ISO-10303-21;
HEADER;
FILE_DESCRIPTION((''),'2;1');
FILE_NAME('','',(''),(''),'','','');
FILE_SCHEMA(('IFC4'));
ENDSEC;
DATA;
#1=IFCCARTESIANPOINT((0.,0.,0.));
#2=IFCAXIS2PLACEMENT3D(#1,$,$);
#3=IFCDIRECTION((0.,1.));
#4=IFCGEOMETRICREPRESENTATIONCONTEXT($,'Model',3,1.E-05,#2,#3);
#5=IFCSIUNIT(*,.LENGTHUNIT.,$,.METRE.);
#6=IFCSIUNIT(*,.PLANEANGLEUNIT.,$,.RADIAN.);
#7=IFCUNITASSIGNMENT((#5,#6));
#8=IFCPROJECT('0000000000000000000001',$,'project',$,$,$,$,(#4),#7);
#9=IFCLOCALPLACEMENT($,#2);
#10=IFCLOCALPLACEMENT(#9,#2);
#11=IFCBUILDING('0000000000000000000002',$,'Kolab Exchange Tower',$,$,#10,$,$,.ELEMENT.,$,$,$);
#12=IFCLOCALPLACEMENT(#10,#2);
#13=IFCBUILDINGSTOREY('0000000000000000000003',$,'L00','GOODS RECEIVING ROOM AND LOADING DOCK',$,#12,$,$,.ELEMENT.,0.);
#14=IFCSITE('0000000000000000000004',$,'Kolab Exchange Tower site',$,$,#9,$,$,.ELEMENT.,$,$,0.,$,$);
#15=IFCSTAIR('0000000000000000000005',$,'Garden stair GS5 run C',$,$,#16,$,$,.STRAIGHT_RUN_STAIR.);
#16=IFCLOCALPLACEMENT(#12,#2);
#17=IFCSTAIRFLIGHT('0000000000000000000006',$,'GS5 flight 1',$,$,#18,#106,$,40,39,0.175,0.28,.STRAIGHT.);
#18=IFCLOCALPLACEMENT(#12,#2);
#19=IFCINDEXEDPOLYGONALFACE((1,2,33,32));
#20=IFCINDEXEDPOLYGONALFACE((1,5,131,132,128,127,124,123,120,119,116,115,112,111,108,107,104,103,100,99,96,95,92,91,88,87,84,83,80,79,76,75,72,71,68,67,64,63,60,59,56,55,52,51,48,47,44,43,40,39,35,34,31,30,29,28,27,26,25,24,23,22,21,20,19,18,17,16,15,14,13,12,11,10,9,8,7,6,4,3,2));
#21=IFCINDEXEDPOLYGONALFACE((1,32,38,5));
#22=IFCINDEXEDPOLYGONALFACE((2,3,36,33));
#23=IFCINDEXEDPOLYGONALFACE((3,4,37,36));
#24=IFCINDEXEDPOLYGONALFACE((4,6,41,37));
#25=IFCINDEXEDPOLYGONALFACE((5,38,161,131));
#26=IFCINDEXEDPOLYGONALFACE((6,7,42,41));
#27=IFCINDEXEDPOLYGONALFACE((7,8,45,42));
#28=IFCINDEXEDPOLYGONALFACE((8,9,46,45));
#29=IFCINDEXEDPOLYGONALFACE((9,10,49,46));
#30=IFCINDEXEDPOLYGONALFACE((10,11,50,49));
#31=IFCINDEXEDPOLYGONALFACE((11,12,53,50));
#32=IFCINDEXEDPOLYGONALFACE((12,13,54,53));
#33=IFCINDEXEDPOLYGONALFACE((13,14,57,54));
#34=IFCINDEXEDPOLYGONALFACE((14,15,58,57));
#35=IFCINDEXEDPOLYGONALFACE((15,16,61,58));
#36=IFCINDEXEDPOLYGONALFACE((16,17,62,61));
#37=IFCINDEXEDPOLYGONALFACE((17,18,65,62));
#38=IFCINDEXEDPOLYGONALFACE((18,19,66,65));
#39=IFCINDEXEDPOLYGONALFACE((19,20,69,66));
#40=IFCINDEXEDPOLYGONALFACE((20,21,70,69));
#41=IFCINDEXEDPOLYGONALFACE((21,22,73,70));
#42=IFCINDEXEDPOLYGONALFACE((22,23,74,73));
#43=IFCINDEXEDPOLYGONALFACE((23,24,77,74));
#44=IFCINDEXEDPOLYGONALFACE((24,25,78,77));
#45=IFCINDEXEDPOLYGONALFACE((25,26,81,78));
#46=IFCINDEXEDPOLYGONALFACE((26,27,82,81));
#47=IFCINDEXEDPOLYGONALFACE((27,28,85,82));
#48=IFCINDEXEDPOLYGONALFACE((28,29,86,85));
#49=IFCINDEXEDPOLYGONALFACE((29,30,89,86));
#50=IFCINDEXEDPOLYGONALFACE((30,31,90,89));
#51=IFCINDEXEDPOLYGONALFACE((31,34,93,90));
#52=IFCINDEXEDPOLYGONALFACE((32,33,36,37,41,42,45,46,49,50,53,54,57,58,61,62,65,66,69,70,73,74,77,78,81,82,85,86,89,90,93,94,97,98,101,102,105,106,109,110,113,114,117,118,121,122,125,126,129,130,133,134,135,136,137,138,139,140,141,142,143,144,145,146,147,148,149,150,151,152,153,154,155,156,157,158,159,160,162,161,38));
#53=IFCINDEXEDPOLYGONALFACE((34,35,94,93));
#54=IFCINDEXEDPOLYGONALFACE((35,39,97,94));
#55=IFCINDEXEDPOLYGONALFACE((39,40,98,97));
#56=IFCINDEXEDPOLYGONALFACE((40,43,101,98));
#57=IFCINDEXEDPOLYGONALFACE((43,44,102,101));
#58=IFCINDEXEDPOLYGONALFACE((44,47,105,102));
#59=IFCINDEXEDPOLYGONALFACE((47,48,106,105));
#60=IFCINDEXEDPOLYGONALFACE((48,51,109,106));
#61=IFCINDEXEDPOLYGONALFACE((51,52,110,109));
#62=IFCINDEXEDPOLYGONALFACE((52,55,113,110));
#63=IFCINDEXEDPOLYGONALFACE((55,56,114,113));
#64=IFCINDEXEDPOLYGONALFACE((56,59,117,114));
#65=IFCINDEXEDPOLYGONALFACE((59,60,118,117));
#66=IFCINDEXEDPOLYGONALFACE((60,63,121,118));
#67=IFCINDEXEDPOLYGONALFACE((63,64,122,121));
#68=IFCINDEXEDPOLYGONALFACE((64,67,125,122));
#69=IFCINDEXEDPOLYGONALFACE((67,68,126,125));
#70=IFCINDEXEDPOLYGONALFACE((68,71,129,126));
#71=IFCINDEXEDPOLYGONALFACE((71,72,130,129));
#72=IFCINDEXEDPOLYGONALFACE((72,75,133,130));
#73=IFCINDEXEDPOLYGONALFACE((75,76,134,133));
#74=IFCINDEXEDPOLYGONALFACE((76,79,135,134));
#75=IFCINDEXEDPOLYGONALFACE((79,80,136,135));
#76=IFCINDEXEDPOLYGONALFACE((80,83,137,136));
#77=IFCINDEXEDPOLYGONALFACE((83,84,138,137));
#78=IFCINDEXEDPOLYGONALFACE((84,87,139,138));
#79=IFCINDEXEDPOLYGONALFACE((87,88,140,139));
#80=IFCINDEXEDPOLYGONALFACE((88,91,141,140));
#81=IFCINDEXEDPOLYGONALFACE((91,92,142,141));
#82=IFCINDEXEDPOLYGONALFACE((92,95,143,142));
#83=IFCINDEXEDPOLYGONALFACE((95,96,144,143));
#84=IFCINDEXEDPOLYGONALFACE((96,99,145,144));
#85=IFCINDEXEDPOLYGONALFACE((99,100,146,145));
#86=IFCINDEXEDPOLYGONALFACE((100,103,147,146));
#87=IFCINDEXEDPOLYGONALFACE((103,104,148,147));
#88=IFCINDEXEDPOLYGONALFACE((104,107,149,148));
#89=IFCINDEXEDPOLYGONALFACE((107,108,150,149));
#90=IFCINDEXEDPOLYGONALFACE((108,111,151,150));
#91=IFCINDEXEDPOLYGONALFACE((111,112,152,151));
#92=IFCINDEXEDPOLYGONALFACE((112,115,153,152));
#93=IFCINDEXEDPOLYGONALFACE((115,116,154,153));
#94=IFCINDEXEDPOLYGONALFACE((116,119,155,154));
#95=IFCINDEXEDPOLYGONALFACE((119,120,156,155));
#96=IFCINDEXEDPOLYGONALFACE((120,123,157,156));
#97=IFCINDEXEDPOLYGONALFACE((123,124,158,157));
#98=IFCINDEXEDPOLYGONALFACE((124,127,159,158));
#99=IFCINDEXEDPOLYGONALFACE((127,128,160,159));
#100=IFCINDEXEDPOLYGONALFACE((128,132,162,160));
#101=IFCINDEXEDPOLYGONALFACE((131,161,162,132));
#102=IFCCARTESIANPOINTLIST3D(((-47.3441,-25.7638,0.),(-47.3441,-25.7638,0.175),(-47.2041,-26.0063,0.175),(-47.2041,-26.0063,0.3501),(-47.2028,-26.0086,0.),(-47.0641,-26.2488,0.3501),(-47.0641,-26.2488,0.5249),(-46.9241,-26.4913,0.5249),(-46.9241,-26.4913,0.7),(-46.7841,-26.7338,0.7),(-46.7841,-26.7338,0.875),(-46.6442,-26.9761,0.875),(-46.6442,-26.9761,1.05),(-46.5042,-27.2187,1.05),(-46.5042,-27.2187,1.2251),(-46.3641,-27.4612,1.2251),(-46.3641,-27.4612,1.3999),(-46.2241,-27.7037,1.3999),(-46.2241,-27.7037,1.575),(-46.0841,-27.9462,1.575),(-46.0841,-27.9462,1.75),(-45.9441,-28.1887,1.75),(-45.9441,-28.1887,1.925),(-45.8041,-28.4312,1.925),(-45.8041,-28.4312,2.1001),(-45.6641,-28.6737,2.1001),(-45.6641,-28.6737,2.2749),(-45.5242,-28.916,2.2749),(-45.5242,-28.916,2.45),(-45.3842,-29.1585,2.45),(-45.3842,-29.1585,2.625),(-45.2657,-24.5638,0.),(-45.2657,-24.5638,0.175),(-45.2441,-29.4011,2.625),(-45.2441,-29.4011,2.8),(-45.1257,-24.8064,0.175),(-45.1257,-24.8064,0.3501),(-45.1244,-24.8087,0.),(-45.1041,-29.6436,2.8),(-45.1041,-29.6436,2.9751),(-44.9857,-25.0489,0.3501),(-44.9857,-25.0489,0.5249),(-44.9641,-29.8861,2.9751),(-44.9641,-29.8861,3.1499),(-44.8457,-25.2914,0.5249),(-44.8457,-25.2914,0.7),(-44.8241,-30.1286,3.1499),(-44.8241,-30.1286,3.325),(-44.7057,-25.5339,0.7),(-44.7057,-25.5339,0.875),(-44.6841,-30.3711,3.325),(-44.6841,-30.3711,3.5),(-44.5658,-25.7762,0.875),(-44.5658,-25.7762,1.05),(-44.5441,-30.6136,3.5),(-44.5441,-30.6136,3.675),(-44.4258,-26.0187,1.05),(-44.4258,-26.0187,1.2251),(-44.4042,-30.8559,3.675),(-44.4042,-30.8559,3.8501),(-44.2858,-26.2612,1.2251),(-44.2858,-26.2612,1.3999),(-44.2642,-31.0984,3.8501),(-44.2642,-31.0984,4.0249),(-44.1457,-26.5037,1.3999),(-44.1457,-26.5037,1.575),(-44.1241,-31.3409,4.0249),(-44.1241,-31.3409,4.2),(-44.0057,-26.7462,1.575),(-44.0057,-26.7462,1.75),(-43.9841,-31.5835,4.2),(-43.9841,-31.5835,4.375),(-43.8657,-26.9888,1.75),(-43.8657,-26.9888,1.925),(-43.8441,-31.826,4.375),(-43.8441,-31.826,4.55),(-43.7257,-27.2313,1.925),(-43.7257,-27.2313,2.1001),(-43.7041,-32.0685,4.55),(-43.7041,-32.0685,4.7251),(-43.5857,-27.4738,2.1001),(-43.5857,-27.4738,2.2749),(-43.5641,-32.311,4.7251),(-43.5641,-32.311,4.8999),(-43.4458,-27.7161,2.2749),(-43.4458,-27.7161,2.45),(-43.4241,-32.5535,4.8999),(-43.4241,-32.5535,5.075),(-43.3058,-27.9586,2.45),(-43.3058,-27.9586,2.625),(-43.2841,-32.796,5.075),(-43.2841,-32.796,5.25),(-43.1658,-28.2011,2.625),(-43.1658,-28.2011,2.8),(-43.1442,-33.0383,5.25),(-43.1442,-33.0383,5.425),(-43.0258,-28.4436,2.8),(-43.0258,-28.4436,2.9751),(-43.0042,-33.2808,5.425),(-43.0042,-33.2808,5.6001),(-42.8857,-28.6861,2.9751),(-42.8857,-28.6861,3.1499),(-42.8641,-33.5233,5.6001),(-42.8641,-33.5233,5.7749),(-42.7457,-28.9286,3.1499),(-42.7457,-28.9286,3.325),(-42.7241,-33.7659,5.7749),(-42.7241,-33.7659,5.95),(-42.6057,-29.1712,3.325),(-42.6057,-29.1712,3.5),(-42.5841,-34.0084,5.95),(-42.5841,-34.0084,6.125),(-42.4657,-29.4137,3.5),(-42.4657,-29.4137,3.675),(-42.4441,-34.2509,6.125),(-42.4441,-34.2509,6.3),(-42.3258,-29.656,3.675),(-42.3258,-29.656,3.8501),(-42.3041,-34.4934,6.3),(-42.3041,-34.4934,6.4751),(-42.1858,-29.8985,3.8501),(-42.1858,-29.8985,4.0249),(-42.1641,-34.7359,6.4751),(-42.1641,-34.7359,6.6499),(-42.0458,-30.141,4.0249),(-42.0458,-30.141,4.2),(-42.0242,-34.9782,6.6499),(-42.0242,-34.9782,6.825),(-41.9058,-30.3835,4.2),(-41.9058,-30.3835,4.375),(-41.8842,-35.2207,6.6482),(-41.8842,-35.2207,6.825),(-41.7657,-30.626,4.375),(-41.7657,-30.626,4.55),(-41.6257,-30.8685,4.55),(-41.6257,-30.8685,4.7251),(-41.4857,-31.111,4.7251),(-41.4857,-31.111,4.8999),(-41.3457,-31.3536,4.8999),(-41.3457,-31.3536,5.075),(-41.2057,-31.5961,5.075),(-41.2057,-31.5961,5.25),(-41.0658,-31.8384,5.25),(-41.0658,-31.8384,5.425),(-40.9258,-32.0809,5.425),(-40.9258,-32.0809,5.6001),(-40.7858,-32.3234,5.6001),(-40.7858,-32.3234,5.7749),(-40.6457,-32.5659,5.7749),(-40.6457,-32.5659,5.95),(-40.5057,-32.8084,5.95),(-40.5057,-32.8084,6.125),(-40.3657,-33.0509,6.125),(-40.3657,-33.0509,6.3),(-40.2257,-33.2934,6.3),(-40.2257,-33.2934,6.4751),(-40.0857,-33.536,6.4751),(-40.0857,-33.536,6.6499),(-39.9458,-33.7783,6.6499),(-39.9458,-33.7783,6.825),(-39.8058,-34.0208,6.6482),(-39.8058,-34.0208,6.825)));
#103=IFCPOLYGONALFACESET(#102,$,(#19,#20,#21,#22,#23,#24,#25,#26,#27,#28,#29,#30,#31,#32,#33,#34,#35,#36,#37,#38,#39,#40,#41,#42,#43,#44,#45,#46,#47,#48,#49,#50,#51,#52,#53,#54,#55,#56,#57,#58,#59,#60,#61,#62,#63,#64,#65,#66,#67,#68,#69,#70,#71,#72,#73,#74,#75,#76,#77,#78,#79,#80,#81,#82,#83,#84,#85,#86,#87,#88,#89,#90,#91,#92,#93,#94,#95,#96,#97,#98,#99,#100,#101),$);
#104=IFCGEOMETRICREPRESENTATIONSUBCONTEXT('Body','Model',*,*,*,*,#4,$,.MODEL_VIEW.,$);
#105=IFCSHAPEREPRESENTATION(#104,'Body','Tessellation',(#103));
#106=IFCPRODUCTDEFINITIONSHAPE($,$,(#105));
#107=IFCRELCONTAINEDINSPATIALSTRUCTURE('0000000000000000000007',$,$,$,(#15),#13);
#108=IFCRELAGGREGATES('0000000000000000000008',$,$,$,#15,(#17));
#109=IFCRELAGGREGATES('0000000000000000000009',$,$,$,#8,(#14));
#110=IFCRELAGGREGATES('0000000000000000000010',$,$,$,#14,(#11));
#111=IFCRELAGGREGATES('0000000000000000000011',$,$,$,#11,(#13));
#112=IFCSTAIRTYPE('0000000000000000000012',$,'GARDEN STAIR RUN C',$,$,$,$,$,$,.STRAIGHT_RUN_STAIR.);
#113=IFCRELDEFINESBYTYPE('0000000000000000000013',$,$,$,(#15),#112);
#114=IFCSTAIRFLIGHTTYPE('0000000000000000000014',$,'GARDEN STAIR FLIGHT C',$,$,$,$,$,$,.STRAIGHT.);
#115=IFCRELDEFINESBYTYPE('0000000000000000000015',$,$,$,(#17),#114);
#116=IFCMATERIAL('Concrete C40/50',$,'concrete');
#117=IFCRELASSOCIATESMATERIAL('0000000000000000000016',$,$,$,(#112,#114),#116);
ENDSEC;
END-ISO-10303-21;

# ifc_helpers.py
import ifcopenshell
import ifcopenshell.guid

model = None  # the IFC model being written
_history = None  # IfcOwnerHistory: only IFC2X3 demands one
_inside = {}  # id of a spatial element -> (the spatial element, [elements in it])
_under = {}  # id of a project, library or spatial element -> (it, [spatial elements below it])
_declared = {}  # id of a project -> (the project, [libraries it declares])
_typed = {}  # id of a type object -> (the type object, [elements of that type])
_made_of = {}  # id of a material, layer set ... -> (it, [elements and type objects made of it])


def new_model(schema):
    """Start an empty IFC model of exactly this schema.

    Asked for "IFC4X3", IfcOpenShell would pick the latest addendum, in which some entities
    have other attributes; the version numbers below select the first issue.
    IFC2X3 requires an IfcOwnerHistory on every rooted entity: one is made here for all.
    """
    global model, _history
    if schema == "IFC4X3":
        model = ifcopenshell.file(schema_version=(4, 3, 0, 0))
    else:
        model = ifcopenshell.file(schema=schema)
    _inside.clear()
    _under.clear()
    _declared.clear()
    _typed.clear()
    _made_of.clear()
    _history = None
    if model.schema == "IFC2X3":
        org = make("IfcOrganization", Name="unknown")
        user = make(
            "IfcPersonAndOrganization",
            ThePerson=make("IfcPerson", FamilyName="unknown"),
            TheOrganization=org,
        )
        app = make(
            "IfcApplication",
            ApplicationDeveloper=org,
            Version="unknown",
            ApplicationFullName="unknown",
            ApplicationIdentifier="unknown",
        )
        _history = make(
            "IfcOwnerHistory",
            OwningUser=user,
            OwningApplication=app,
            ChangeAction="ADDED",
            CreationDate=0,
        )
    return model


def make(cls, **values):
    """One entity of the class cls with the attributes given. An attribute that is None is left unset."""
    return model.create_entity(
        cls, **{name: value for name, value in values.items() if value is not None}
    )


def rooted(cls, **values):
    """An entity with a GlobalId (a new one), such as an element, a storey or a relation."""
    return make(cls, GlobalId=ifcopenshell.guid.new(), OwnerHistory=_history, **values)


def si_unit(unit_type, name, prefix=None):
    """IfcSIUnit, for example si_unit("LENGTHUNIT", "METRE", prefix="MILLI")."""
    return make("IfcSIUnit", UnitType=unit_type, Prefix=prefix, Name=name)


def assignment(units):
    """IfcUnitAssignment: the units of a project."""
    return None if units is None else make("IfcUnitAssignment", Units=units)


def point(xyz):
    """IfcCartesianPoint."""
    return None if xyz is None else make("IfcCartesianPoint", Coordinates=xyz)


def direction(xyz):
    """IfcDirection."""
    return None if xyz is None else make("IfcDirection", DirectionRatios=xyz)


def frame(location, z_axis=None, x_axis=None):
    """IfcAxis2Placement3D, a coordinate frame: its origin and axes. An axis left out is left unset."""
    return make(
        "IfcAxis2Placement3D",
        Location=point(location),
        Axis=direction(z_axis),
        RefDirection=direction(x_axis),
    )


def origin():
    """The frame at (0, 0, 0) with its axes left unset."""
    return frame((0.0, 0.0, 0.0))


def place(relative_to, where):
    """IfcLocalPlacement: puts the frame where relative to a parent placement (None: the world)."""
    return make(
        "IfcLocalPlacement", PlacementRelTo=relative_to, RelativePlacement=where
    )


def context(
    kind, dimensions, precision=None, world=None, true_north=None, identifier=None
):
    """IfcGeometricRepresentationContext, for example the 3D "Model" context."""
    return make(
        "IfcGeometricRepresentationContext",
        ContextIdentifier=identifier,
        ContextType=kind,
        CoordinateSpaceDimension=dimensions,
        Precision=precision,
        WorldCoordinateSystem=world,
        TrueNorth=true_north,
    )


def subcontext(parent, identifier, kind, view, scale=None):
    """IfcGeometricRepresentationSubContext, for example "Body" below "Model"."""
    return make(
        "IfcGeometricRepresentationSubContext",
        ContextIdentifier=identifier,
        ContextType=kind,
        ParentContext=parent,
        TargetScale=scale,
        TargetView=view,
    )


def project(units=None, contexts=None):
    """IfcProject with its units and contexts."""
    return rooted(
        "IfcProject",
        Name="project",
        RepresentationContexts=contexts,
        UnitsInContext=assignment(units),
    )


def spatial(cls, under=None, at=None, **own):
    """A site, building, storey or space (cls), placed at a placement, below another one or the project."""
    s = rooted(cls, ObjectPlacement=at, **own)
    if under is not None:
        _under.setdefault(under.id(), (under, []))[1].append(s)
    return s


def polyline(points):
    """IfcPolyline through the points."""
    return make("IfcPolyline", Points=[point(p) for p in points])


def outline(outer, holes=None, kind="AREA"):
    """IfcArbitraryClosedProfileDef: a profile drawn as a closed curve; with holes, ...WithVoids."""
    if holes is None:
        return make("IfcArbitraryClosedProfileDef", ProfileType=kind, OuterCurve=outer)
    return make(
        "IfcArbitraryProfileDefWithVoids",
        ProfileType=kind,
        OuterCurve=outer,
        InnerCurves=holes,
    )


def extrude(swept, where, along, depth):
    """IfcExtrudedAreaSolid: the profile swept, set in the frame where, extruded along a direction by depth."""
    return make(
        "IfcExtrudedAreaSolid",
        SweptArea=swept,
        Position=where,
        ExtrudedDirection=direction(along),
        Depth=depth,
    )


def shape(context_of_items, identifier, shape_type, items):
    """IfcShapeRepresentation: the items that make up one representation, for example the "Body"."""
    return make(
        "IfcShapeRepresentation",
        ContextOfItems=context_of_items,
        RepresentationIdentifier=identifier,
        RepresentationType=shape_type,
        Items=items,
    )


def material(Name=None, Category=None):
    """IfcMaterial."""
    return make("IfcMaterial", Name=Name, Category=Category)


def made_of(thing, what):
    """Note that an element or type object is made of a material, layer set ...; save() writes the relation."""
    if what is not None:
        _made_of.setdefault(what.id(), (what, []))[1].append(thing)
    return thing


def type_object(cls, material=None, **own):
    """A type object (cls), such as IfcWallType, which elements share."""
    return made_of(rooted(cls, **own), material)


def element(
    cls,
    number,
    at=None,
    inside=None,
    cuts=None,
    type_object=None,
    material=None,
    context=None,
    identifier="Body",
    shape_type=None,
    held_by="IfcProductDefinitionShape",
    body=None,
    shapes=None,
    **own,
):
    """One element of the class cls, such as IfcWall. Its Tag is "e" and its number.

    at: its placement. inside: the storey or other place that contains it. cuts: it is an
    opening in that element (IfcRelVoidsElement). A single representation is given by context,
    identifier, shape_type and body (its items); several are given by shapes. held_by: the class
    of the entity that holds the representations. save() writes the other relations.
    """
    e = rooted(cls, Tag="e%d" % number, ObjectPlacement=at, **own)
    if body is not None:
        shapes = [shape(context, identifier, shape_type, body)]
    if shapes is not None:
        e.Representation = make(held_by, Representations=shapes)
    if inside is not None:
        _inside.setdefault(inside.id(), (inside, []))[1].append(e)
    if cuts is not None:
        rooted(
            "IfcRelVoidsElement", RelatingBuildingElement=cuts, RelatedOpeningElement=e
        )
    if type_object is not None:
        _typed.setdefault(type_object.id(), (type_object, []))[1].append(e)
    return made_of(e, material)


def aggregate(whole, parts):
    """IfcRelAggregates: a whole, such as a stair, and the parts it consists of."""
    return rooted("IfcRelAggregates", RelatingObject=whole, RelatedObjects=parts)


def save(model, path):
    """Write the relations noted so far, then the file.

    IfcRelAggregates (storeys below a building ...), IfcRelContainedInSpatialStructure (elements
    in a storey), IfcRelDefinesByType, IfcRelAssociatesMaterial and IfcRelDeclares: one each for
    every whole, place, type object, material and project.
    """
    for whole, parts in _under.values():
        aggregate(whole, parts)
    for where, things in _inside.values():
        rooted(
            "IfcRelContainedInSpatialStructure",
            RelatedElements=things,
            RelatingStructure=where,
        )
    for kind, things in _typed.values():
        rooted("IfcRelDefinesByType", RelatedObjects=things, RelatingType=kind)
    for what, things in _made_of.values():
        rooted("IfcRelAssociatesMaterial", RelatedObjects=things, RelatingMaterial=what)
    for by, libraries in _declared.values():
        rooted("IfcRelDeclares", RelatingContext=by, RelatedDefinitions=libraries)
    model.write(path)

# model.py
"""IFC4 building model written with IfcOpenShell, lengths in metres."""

from ifc_helpers import new_model, si_unit, direction, frame, origin, place, context, subcontext, project, spatial, polyline, outline, extrude, material, type_object, element, aggregate, save


model = new_model("IFC4")

# Units and contexts
model_context = context("Model", 3, precision=1e-05, world=origin(), true_north=direction((0.0, 1.0)))
body_context = subcontext(model_context, "Body", "Model", "MODEL_VIEW")
ifc_project = project(units=[si_unit("LENGTHUNIT", "METRE"), si_unit("PLANEANGLEUNIT", "RADIAN")], contexts=[model_context])

# Site, building, storey
site_placement = place(None, origin())
site = spatial("IfcSite", under=ifc_project, at=site_placement, Name="Kolab Exchange Tower site", CompositionType="ELEMENT", RefElevation=0.0)
building_placement = place(site_placement, origin())
building = spatial("IfcBuilding", under=site, at=building_placement, Name="Kolab Exchange Tower", CompositionType="ELEMENT")
storey_placement = place(building_placement, origin())
storey = spatial("IfcBuildingStorey", under=building, at=storey_placement, Name="L00", Description="GOODS RECEIVING ROOM AND LOADING DOCK", CompositionType="ELEMENT", Elevation=0.0)

# Shared definitions
ifc_material_1 = material(Name="Concrete C40/50", Category="concrete")

# Stair, stair flight
stair_type = type_object("IfcStairType", Name="GARDEN STAIR RUN C", PredefinedType="STRAIGHT_RUN_STAIR", material=ifc_material_1)
stair_placement = place(storey_placement, origin())
stair = element("IfcStair", 1, at=stair_placement, inside=storey, type_object=stair_type, Name="Garden stair GS5 run C", PredefinedType="STRAIGHT_RUN_STAIR")
stair_flight_type = type_object("IfcStairFlightType", Name="GARDEN STAIR FLIGHT C", PredefinedType="STRAIGHT", material=ifc_material_1)
stair_flight_placement = place(storey_placement, frame((-46.3049, -25.1638, 0.0), z_axis=(0.0, 0.0, 1.0), x_axis=(0.5, -0.866025, 0.0)))
stair_flight = element("IfcStairFlight", 2, at=stair_flight_placement, type_object=stair_flight_type, Name="GS5 flight 1", NumberOfRisers=40, NumberOfTreads=39, PredefinedType="STRAIGHT", RiserHeight=0.175, TreadLength=0.28, context=body_context, shape_type="SweptSolid", body=[
    extrude(outline(polyline([(0.0, 0.0), (0.0, 0.175), (0.28, 0.175), (0.28, 0.3501), (0.5601, 0.3501), (0.5601, 0.5249), (0.8401, 0.5249), (0.8401, 0.7), (1.1201, 0.7), (1.1201, 0.875), (1.3999, 0.875), (1.3999, 1.05), (1.6799, 1.05), (1.6799, 1.2251), (1.96, 1.2251), (1.96, 1.3999), (2.24, 1.3999), (2.24, 1.575), (2.52, 1.575), (2.52, 1.75), (2.8, 1.75), (2.8, 1.925), (3.0801, 1.925), (3.0801, 2.1001), (3.3601, 2.1001), (3.3601, 2.2749), (3.6399, 2.2749), (3.6399, 2.45), (3.9199, 2.45), (3.9199, 2.625), (4.2, 2.625), (4.2, 2.8), (4.48, 2.8), (4.48, 2.9751), (4.76, 2.9751), (4.76, 3.1499), (5.04, 3.1499), (5.04, 3.325), (5.3201, 3.325), (5.3201, 3.5), (5.6001, 3.5), (5.6001, 3.675), (5.8799, 3.675), (5.8799, 3.8501), (6.1599, 3.8501), (6.1599, 4.0249), (6.4399, 4.0249), (6.4399, 4.2), (6.72, 4.2), (6.72, 4.375), (7.0, 4.375), (7.0, 4.55), (7.28, 4.55), (7.28, 4.7251), (7.5601, 4.7251), (7.5601, 4.8999), (7.8401, 4.8999), (7.8401, 5.075), (8.1201, 5.075), (8.1201, 5.25), (8.3999, 5.25), (8.3999, 5.425), (8.6799, 5.425), (8.6799, 5.6001), (8.96, 5.6001), (8.96, 5.7749), (9.24, 5.7749), (9.24, 5.95), (9.52, 5.95), (9.52, 6.125), (9.8, 6.125), (9.8, 6.3), (10.0801, 6.3), (10.0801, 6.4751), (10.3601, 6.4751), (10.3601, 6.6499), (10.6399, 6.6499), (10.6399, 6.825), (10.9199, 6.825), (10.9199, 7.0), (10.9199, 6.6482), (0.2827, 0.0), (0.0, 0.0)])), frame((0.0, 1.2, 0.0), z_axis=(0.0, -1.0, 0.0), x_axis=(1.0, 0.0, 0.0)), (0.0, 0.0, 1.0), 2.3999),
])
aggregate(stair, [stair_flight])

save(model, "model.ifc")
